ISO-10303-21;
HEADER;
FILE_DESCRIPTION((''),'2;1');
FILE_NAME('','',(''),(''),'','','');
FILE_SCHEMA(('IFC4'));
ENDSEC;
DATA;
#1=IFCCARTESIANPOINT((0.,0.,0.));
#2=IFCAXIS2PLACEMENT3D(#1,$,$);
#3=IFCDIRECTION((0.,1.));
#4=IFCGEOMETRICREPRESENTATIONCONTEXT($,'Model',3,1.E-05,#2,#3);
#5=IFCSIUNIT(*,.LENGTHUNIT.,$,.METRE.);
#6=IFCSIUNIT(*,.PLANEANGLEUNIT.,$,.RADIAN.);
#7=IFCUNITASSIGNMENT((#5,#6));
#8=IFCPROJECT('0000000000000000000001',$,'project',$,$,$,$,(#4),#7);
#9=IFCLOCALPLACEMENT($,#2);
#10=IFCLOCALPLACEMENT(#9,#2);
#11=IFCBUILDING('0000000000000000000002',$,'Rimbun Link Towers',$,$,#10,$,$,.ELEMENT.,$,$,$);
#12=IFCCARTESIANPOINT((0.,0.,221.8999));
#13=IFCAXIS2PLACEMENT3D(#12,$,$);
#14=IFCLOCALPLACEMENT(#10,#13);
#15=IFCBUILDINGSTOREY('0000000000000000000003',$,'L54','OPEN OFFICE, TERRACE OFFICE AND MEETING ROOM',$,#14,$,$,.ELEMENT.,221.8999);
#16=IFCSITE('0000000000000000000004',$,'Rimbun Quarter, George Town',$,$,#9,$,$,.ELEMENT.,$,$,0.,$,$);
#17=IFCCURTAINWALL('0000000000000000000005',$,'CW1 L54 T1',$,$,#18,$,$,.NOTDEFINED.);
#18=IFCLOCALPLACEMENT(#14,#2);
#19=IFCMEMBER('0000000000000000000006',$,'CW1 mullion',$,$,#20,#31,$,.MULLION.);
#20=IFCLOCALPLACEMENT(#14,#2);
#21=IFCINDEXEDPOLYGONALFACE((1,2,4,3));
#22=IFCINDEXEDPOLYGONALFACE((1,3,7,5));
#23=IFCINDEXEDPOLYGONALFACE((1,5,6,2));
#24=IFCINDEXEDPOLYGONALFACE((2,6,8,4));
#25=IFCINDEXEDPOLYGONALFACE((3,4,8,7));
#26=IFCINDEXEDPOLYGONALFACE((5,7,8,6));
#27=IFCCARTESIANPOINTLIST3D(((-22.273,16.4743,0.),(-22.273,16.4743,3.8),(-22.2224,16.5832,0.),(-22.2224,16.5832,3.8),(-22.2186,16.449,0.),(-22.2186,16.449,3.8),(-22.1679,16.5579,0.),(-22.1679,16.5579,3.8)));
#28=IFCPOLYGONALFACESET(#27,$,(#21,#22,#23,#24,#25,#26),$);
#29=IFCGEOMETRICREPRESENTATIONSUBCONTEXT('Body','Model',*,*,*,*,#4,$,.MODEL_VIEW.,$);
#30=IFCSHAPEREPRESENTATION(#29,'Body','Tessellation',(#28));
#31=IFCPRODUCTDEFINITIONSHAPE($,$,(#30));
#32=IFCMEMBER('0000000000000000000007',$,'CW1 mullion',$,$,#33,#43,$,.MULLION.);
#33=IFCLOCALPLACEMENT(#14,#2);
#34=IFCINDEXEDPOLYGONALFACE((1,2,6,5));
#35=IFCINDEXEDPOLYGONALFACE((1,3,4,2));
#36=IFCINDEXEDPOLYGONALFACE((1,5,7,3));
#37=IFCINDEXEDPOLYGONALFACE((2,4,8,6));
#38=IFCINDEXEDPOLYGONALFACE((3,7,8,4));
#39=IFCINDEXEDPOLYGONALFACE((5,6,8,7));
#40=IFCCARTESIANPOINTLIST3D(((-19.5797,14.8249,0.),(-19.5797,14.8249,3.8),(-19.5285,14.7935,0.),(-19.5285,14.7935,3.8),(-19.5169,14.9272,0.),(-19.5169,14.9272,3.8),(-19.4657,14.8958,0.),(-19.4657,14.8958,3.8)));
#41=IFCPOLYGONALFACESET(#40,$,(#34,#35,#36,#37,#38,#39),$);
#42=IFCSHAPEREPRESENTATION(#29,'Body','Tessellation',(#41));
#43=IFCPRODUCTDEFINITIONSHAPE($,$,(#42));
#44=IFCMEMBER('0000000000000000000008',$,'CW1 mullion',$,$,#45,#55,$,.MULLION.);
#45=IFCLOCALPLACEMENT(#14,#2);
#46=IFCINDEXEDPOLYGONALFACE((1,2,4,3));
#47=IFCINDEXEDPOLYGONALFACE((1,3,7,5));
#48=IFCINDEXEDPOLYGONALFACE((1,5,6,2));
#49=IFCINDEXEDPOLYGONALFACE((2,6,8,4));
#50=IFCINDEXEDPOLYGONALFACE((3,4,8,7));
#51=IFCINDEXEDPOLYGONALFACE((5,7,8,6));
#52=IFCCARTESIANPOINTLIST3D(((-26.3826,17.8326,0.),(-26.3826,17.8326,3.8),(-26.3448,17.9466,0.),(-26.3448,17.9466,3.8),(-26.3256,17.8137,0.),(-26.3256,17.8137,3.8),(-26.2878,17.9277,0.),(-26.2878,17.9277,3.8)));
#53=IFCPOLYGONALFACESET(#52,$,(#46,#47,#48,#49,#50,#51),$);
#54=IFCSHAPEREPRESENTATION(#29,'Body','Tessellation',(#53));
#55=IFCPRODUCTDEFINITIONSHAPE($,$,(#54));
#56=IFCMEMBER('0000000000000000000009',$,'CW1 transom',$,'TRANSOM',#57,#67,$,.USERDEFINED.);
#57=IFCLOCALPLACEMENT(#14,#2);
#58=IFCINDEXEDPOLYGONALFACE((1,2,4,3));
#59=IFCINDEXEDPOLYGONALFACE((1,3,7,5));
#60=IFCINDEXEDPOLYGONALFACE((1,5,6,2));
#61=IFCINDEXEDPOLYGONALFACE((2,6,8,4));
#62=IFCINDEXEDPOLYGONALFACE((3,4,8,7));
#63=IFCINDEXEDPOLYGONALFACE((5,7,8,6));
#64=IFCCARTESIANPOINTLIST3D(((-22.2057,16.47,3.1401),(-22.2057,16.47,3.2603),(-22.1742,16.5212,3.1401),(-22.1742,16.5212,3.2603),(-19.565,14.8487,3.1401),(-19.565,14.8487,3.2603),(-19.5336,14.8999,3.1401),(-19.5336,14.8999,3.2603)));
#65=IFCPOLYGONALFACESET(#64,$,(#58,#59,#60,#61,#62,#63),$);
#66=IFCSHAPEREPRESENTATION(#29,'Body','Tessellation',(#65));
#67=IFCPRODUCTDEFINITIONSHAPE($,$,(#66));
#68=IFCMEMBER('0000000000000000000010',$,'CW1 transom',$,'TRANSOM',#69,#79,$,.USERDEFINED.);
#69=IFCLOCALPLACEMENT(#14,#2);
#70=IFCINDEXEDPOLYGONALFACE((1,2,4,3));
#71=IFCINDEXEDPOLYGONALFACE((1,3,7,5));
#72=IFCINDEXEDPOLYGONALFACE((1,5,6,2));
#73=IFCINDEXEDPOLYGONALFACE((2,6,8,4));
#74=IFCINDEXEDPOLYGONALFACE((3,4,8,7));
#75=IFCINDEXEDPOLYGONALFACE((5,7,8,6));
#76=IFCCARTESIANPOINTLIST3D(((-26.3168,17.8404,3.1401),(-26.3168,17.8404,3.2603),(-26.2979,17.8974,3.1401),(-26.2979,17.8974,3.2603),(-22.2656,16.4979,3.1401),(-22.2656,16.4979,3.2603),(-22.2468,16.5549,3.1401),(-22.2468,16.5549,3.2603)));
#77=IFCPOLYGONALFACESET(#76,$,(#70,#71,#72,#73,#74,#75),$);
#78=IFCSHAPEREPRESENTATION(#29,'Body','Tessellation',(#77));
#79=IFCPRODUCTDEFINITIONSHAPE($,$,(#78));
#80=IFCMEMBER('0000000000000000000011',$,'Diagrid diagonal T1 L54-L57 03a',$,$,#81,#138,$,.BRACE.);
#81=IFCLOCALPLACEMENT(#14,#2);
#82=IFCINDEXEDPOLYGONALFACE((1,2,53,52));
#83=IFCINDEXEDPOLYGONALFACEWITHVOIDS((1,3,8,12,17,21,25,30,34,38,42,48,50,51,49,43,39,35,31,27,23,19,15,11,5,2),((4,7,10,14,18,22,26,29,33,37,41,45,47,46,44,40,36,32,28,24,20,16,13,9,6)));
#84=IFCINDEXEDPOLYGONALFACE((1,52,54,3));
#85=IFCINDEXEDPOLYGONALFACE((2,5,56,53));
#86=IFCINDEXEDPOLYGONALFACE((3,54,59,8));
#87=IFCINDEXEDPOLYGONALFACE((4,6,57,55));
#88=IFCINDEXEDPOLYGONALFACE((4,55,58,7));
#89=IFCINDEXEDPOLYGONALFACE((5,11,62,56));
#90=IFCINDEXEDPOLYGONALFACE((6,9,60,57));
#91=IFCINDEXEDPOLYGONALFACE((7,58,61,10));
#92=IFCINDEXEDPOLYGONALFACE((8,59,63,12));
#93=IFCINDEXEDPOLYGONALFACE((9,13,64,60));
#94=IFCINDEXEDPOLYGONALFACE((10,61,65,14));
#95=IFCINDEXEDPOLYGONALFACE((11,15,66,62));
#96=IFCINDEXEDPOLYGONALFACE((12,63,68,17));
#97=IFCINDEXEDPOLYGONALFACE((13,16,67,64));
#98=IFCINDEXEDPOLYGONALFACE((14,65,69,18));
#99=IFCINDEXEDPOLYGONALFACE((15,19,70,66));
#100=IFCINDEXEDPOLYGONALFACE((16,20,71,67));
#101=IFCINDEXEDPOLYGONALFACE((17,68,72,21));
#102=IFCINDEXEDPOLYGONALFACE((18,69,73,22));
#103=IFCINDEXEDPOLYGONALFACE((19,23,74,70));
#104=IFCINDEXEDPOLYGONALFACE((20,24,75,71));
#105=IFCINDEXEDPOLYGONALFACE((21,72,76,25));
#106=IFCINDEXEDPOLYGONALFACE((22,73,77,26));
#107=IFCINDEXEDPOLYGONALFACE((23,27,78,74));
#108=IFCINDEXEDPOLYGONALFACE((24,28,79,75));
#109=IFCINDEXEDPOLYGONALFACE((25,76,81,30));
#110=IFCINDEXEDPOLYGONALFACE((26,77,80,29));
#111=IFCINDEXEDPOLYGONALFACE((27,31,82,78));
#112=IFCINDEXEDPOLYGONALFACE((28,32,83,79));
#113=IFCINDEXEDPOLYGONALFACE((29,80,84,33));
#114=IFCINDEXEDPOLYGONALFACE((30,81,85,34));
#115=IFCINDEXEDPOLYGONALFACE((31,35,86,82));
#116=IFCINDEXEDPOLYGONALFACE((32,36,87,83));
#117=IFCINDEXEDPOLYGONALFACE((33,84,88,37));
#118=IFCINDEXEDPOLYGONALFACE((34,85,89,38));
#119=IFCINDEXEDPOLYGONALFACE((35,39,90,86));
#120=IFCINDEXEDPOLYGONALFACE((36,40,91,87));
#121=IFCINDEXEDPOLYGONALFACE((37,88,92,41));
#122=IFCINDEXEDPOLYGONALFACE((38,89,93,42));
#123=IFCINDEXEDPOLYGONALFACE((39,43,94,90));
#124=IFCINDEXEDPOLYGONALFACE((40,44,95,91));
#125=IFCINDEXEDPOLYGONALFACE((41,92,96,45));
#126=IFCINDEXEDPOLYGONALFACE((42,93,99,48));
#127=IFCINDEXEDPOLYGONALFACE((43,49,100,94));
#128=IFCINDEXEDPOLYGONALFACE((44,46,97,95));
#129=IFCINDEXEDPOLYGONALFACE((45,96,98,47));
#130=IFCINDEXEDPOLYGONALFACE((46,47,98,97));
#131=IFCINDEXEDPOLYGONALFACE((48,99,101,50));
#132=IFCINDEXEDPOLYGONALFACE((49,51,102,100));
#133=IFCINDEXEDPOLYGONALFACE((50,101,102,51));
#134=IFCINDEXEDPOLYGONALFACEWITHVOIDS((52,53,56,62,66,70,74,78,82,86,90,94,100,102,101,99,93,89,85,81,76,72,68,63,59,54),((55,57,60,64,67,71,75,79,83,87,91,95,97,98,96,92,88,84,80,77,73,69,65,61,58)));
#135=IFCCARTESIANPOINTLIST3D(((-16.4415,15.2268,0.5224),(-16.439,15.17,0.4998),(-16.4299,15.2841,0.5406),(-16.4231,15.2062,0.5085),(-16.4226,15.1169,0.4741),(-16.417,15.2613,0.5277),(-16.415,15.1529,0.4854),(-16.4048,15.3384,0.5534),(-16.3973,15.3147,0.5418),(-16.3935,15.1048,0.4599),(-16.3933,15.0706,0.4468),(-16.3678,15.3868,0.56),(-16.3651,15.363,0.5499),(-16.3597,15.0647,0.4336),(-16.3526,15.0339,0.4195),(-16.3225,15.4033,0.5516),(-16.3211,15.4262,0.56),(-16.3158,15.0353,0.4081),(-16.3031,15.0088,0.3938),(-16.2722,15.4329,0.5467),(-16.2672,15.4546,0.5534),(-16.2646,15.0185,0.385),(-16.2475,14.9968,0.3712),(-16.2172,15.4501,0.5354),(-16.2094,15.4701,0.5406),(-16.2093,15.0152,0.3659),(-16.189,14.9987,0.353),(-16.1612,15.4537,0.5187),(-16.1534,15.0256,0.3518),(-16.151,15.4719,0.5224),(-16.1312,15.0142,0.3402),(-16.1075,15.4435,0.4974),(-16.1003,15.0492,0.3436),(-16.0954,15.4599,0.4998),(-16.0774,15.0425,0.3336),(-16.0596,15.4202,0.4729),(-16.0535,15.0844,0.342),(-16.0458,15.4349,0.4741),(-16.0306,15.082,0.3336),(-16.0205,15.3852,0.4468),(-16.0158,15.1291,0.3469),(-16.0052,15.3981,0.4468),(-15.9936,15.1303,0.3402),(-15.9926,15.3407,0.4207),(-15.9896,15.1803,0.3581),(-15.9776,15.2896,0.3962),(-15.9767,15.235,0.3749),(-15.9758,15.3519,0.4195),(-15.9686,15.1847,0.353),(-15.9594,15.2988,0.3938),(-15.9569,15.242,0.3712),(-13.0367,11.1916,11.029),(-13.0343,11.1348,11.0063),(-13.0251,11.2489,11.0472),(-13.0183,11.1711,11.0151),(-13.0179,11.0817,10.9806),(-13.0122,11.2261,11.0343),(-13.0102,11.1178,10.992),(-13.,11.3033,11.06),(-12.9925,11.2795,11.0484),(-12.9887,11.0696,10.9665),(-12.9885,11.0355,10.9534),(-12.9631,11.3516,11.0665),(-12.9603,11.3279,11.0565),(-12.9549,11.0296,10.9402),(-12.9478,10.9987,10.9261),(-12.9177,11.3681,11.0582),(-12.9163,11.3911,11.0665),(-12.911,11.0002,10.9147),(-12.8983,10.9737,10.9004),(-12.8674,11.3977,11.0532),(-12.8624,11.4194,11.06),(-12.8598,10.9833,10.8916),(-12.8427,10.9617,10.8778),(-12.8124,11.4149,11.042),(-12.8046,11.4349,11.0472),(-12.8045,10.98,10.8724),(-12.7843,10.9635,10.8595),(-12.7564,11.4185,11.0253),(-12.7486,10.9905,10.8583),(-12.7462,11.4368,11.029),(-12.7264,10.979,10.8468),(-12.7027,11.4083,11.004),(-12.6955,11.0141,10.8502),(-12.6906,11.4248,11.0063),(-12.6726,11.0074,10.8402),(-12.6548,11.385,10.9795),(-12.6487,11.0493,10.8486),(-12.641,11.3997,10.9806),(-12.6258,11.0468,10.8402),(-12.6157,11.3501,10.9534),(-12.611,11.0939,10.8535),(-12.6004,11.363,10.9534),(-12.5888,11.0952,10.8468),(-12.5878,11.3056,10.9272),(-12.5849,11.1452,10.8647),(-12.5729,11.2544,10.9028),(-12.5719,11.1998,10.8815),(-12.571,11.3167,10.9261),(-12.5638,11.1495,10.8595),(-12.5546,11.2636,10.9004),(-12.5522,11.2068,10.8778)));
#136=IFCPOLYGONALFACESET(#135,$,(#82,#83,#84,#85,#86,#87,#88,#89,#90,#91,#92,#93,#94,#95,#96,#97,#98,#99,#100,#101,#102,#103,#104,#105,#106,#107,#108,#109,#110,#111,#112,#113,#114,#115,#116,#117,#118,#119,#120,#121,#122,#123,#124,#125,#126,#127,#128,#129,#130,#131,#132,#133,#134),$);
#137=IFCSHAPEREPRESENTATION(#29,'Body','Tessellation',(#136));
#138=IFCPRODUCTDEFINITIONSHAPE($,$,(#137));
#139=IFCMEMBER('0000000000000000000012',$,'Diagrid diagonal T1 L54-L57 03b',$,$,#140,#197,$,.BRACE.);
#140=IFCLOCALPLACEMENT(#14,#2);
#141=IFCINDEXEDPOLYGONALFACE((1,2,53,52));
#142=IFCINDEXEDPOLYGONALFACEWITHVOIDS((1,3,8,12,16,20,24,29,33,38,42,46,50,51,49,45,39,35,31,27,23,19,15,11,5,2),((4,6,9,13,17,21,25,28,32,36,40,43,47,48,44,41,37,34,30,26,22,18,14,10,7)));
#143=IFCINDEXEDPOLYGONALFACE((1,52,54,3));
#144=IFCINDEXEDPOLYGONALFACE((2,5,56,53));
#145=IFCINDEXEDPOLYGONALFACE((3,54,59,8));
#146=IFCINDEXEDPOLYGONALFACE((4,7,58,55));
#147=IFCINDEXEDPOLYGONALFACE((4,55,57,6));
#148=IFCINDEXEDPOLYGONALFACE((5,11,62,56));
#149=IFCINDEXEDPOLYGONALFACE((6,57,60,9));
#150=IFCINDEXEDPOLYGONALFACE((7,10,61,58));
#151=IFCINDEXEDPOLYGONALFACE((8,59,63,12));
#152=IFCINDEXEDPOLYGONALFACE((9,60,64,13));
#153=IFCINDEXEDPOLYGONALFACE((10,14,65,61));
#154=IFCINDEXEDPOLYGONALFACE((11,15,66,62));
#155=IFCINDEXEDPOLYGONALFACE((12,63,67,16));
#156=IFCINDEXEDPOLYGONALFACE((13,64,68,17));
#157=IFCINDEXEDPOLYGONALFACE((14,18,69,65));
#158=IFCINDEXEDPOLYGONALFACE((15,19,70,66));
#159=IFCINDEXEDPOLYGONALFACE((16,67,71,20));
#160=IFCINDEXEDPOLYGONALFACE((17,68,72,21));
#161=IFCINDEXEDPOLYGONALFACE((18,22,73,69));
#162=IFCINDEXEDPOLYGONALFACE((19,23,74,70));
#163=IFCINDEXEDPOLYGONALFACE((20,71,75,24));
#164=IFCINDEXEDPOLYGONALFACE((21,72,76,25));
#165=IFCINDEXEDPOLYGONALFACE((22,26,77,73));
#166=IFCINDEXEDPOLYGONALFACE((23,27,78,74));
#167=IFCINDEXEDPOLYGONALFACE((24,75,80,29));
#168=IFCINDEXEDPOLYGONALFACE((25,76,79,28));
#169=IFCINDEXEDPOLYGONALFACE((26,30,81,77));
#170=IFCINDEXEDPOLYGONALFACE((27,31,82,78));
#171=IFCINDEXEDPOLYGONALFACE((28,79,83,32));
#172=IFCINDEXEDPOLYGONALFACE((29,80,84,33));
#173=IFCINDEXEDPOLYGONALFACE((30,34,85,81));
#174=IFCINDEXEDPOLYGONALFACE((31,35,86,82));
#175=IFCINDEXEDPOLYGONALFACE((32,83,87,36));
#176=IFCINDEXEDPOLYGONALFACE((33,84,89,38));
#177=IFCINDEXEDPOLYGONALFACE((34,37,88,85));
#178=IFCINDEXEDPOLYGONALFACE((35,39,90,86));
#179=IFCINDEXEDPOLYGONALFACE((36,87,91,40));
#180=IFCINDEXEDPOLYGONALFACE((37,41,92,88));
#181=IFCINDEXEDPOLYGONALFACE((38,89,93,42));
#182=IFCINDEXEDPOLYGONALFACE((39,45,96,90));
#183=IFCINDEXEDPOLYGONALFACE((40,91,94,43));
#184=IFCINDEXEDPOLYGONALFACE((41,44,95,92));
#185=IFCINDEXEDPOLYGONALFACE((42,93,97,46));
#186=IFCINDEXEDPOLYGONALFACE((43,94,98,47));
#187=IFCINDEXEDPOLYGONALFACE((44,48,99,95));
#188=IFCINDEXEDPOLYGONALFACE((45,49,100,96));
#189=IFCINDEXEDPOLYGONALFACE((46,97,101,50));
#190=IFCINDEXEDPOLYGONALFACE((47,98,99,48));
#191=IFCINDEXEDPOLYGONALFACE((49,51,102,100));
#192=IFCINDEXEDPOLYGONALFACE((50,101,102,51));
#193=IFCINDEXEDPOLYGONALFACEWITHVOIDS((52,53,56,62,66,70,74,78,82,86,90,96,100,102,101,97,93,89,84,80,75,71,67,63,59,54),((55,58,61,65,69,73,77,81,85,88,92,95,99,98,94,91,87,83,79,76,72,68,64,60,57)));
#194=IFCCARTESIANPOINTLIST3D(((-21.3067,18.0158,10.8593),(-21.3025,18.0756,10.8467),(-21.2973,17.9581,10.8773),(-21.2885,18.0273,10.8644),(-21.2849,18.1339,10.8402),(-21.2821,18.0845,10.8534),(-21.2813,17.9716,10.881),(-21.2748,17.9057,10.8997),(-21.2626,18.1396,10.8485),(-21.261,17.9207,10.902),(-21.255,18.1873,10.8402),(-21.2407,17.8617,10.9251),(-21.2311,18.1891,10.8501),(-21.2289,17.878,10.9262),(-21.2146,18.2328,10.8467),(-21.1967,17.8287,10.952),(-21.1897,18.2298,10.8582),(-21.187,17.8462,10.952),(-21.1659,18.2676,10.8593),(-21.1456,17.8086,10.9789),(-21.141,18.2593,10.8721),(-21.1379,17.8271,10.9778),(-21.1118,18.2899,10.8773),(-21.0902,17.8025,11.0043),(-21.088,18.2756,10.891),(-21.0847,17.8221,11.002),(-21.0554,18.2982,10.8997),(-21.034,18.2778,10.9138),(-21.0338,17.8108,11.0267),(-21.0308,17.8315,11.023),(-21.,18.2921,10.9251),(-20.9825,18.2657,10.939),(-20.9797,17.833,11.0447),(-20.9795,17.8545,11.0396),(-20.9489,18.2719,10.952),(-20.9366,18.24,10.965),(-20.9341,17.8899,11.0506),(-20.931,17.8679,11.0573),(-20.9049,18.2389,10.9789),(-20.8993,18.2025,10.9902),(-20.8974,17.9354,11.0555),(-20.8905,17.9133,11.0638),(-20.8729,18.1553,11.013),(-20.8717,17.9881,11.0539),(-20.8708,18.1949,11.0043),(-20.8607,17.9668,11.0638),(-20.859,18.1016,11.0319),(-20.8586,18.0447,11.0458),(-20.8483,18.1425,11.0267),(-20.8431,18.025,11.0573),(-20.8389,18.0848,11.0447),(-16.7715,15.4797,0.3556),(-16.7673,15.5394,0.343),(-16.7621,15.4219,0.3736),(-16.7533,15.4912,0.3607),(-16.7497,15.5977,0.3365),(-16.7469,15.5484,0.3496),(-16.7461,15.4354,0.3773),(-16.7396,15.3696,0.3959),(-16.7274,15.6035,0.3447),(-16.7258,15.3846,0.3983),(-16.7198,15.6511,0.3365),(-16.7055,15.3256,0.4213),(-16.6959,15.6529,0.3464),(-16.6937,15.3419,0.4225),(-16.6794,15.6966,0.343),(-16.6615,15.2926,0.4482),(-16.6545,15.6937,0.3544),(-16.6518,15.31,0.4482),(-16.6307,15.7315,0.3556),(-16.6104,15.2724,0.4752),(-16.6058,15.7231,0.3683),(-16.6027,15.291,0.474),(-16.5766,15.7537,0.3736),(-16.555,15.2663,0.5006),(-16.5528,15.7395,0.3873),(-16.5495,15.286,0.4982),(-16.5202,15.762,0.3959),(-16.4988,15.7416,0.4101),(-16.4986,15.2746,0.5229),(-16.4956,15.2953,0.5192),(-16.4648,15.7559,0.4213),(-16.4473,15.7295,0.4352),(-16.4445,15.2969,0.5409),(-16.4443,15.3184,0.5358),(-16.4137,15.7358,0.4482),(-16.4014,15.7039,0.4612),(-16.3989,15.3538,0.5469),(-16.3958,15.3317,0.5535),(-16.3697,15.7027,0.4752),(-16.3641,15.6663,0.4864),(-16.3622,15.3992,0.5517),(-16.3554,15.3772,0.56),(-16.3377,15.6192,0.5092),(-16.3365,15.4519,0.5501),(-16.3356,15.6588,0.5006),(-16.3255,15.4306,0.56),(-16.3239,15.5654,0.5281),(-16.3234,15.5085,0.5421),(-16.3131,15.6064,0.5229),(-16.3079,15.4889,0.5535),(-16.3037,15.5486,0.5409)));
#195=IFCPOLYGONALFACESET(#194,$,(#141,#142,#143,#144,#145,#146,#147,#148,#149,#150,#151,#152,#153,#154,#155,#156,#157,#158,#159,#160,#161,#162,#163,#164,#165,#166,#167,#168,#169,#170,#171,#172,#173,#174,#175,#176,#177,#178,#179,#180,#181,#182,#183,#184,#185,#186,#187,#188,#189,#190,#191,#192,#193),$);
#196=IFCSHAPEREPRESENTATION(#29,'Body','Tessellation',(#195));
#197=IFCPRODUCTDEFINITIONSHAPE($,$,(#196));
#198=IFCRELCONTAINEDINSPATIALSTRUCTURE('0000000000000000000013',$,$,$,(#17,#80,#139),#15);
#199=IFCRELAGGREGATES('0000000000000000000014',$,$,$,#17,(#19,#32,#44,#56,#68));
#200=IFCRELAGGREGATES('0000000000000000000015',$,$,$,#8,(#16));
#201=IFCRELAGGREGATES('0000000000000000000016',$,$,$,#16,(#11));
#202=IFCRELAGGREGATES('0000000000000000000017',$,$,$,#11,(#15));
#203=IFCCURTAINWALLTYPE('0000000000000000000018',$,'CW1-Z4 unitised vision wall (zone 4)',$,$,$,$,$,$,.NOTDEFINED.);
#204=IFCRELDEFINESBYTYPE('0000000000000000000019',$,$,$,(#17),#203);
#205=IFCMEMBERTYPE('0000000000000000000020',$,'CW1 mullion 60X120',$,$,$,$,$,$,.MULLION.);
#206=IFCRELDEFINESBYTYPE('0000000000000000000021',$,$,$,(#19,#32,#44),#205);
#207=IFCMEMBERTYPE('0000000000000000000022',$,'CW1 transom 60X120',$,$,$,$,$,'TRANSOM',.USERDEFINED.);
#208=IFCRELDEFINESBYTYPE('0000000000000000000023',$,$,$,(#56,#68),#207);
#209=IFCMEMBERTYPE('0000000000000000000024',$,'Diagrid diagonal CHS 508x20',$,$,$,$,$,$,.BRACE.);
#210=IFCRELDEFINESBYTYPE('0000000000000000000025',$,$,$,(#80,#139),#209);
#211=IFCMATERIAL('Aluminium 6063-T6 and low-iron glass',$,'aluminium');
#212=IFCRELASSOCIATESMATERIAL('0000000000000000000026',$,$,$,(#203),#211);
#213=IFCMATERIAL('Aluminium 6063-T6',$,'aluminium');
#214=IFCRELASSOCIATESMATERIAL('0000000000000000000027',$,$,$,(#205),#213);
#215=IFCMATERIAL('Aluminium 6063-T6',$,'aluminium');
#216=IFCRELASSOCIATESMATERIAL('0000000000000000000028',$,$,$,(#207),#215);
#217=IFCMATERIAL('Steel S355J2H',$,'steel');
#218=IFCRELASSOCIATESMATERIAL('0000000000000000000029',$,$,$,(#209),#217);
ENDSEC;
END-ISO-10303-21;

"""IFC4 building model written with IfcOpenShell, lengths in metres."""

from ifc_helpers import new_model, si_unit, direction, frame, origin, origin_2d, place, context, subcontext, project, spatial, rectangle, hollow_circle, extrude, material, material_profile, profile_set, type_object, element, aggregate, save


model = new_model("IFC4")

# Units and contexts
model_context = context("Model", 3, precision=1e-05, world=origin(), true_north=direction((0.0, 1.0)))
body_context = subcontext(model_context, "Body", "Model", "MODEL_VIEW")
ifc_project = project(units=[si_unit("LENGTHUNIT", "METRE"), si_unit("PLANEANGLEUNIT", "RADIAN")], contexts=[model_context])

# Site, building, storey
site_placement = place(None, origin())
site = spatial("IfcSite", under=ifc_project, at=site_placement, Name="Rimbun Quarter, George Town", CompositionType="ELEMENT", RefElevation=0.0)
building_placement = place(site_placement, origin())
building = spatial("IfcBuilding", under=site, at=building_placement, Name="Rimbun Link Towers", CompositionType="ELEMENT")
storey_placement = place(building_placement, frame((0.0, 0.0, 221.8999)))
storey = spatial("IfcBuildingStorey", under=building, at=storey_placement, Name="L54", Description="OPEN OFFICE, TERRACE OFFICE AND MEETING ROOM", CompositionType="ELEMENT", Elevation=221.8999)

# Curtain wall, members
ifc_material_1 = material(Name="Aluminium 6063-T6 and low-iron glass", Category="aluminium")
curtain_wall_type = type_object("IfcCurtainWallType", Name="CW1-Z4 unitised vision wall (zone 4)", PredefinedType="NOTDEFINED", material=ifc_material_1)
curtain_wall_placement = place(storey_placement, origin())
curtain_wall = element("IfcCurtainWall", 1, at=curtain_wall_placement, inside=storey, type_object=curtain_wall_type, Name="CW1 L54 T1", PredefinedType="NOTDEFINED")
ifc_material_2 = material(Name="Aluminium 6063-T6", Category="aluminium")
ifc_material_profile_1 = material_profile(ifc_material_2, rectangle(XDim=0.1201, YDim=0.0601, at=origin_2d()), Name="MULLION 60X120")
ifc_profile_set_1 = profile_set([ifc_material_profile_1], Name="Aluminium 6063-T6")
member_type_1 = type_object("IfcMemberType", Name="CW1 mullion 60X120", PredefinedType="MULLION", material=ifc_profile_set_1)
member_1_placement = place(storey_placement, frame((-22.2205, 16.5161, 0.0), z_axis=(0.0, 0.0, 1.0), x_axis=(0.421702, 0.906734, 0.0)))
member_1 = element("IfcMember", 2, at=member_1_placement, type_object=member_type_1, Name="CW1 mullion", PredefinedType="MULLION", context=body_context, shape_type="SweptSolid", body=[
    extrude(rectangle(XDim=0.1201, YDim=0.0601, at=origin_2d()), origin(), (0.0, 0.0, 1.0), 3.8),
])
member_2_placement = place(storey_placement, frame((-19.5227, 14.8604, 0.0), z_axis=(0.0, 0.0, 1.0), x_axis=(0.523237, 0.852187, 0.0)))
member_2 = element("IfcMember", 3, at=member_2_placement, type_object=member_type_1, Name="CW1 mullion", PredefinedType="MULLION", context=body_context, shape_type="SweptSolid", body=[
    extrude(rectangle(XDim=0.1201, YDim=0.0601, at=origin_2d()), origin(), (0.0, 0.0, 1.0), 3.8),
])
member_3_placement = place(storey_placement, frame((-26.3352, 17.8801, 0.0), z_axis=(0.0, 0.0, 1.0), x_axis=(0.314565, 0.949236, 0.0)))
member_3 = element("IfcMember", 4, at=member_3_placement, type_object=member_type_1, Name="CW1 mullion", PredefinedType="MULLION", context=body_context, shape_type="SweptSolid", body=[
    extrude(rectangle(XDim=0.1201, YDim=0.0601, at=origin_2d()), origin(), (0.0, 0.0, 1.0), 3.8),
])
ifc_material_3 = material(Name="Aluminium 6063-T6", Category="aluminium")
ifc_material_profile_2 = material_profile(ifc_material_3, rectangle(XDim=0.0601, YDim=0.1201, at=origin_2d()), Name="TRANSOM 60X120")
ifc_profile_set_2 = profile_set([ifc_material_profile_2], Name="Aluminium 6063-T6")
member_type_2 = type_object("IfcMemberType", Name="CW1 transom 60X120", ElementType="TRANSOM", PredefinedType="USERDEFINED", material=ifc_profile_set_2)
member_4_placement = place(storey_placement, frame((-22.1899, 16.4956, 3.2002), z_axis=(0.852185, -0.52324, 0.0), x_axis=(0.52324, 0.852185, 0.0)))
member_4 = element("IfcMember", 5, at=member_4_placement, type_object=member_type_2, Name="CW1 transom", ObjectType="TRANSOM", PredefinedType="USERDEFINED", context=body_context, shape_type="SweptSolid", body=[
    extrude(rectangle(XDim=0.0601, YDim=0.1201, at=origin_2d()), origin(), (0.0, 0.0, 1.0), 3.0986),
])
member_5_placement = place(storey_placement, frame((-26.3074, 17.8689, 3.2002), z_axis=(0.949237, -0.314563, 0.0), x_axis=(0.314563, 0.949237, 0.0)))
member_5 = element("IfcMember", 6, at=member_5_placement, type_object=member_type_2, Name="CW1 transom", ObjectType="TRANSOM", PredefinedType="USERDEFINED", context=body_context, shape_type="SweptSolid", body=[
    extrude(rectangle(XDim=0.0601, YDim=0.1201, at=origin_2d()), origin(), (0.0, 0.0, 1.0), 4.2678),
])

# Members
ifc_material_4 = material(Name="Steel S355J2H", Category="steel")
ifc_material_profile_3 = material_profile(ifc_material_4, hollow_circle(Radius=0.2539, WallThickness=0.02, at=origin_2d()), Name="Diagrid diagonal CHS 508x20")
ifc_profile_set_3 = profile_set([ifc_material_profile_3], Name="Steel S355J2H")
member_type_3 = type_object("IfcMemberType", Name="Diagrid diagonal CHS 508x20", PredefinedType="BRACE", material=ifc_profile_set_3)
member_6_placement = place(storey_placement, frame((-16.1992, 15.2344, 0.4468), z_axis=(0.289558, -0.343168, 0.893528), x_axis=(0.76428, 0.644884, 0.0)))
element("IfcMember", 7, at=member_6_placement, inside=storey, type_object=member_type_3, Name="Diagrid diagonal T1 L54-L57 03a", PredefinedType="BRACE", context=body_context, shape_type="SweptSolid", body=[
    extrude(hollow_circle(Radius=0.2539, WallThickness=0.02, at=origin_2d()), origin(), (0.0, 0.0, 1.0), 11.7585),
])
member_7_placement = place(storey_placement, frame((-16.5376, 15.5142, 0.4482), z_axis=(-0.387004, 0.216419, 0.896321), x_axis=(-0.488082, -0.872798, 0.0)))
element("IfcMember", 8, at=member_7_placement, inside=storey, type_object=member_type_3, Name="Diagrid diagonal T1 L54-L57 03b", PredefinedType="BRACE", context=body_context, shape_type="SweptSolid", body=[
    extrude(hollow_circle(Radius=0.2539, WallThickness=0.02, at=origin_2d()), origin(), (0.0, 0.0, 1.0), 11.7188),
])

aggregate(curtain_wall, [member_1, member_2, member_3, member_4, member_5])

save(model, "model.ifc")
